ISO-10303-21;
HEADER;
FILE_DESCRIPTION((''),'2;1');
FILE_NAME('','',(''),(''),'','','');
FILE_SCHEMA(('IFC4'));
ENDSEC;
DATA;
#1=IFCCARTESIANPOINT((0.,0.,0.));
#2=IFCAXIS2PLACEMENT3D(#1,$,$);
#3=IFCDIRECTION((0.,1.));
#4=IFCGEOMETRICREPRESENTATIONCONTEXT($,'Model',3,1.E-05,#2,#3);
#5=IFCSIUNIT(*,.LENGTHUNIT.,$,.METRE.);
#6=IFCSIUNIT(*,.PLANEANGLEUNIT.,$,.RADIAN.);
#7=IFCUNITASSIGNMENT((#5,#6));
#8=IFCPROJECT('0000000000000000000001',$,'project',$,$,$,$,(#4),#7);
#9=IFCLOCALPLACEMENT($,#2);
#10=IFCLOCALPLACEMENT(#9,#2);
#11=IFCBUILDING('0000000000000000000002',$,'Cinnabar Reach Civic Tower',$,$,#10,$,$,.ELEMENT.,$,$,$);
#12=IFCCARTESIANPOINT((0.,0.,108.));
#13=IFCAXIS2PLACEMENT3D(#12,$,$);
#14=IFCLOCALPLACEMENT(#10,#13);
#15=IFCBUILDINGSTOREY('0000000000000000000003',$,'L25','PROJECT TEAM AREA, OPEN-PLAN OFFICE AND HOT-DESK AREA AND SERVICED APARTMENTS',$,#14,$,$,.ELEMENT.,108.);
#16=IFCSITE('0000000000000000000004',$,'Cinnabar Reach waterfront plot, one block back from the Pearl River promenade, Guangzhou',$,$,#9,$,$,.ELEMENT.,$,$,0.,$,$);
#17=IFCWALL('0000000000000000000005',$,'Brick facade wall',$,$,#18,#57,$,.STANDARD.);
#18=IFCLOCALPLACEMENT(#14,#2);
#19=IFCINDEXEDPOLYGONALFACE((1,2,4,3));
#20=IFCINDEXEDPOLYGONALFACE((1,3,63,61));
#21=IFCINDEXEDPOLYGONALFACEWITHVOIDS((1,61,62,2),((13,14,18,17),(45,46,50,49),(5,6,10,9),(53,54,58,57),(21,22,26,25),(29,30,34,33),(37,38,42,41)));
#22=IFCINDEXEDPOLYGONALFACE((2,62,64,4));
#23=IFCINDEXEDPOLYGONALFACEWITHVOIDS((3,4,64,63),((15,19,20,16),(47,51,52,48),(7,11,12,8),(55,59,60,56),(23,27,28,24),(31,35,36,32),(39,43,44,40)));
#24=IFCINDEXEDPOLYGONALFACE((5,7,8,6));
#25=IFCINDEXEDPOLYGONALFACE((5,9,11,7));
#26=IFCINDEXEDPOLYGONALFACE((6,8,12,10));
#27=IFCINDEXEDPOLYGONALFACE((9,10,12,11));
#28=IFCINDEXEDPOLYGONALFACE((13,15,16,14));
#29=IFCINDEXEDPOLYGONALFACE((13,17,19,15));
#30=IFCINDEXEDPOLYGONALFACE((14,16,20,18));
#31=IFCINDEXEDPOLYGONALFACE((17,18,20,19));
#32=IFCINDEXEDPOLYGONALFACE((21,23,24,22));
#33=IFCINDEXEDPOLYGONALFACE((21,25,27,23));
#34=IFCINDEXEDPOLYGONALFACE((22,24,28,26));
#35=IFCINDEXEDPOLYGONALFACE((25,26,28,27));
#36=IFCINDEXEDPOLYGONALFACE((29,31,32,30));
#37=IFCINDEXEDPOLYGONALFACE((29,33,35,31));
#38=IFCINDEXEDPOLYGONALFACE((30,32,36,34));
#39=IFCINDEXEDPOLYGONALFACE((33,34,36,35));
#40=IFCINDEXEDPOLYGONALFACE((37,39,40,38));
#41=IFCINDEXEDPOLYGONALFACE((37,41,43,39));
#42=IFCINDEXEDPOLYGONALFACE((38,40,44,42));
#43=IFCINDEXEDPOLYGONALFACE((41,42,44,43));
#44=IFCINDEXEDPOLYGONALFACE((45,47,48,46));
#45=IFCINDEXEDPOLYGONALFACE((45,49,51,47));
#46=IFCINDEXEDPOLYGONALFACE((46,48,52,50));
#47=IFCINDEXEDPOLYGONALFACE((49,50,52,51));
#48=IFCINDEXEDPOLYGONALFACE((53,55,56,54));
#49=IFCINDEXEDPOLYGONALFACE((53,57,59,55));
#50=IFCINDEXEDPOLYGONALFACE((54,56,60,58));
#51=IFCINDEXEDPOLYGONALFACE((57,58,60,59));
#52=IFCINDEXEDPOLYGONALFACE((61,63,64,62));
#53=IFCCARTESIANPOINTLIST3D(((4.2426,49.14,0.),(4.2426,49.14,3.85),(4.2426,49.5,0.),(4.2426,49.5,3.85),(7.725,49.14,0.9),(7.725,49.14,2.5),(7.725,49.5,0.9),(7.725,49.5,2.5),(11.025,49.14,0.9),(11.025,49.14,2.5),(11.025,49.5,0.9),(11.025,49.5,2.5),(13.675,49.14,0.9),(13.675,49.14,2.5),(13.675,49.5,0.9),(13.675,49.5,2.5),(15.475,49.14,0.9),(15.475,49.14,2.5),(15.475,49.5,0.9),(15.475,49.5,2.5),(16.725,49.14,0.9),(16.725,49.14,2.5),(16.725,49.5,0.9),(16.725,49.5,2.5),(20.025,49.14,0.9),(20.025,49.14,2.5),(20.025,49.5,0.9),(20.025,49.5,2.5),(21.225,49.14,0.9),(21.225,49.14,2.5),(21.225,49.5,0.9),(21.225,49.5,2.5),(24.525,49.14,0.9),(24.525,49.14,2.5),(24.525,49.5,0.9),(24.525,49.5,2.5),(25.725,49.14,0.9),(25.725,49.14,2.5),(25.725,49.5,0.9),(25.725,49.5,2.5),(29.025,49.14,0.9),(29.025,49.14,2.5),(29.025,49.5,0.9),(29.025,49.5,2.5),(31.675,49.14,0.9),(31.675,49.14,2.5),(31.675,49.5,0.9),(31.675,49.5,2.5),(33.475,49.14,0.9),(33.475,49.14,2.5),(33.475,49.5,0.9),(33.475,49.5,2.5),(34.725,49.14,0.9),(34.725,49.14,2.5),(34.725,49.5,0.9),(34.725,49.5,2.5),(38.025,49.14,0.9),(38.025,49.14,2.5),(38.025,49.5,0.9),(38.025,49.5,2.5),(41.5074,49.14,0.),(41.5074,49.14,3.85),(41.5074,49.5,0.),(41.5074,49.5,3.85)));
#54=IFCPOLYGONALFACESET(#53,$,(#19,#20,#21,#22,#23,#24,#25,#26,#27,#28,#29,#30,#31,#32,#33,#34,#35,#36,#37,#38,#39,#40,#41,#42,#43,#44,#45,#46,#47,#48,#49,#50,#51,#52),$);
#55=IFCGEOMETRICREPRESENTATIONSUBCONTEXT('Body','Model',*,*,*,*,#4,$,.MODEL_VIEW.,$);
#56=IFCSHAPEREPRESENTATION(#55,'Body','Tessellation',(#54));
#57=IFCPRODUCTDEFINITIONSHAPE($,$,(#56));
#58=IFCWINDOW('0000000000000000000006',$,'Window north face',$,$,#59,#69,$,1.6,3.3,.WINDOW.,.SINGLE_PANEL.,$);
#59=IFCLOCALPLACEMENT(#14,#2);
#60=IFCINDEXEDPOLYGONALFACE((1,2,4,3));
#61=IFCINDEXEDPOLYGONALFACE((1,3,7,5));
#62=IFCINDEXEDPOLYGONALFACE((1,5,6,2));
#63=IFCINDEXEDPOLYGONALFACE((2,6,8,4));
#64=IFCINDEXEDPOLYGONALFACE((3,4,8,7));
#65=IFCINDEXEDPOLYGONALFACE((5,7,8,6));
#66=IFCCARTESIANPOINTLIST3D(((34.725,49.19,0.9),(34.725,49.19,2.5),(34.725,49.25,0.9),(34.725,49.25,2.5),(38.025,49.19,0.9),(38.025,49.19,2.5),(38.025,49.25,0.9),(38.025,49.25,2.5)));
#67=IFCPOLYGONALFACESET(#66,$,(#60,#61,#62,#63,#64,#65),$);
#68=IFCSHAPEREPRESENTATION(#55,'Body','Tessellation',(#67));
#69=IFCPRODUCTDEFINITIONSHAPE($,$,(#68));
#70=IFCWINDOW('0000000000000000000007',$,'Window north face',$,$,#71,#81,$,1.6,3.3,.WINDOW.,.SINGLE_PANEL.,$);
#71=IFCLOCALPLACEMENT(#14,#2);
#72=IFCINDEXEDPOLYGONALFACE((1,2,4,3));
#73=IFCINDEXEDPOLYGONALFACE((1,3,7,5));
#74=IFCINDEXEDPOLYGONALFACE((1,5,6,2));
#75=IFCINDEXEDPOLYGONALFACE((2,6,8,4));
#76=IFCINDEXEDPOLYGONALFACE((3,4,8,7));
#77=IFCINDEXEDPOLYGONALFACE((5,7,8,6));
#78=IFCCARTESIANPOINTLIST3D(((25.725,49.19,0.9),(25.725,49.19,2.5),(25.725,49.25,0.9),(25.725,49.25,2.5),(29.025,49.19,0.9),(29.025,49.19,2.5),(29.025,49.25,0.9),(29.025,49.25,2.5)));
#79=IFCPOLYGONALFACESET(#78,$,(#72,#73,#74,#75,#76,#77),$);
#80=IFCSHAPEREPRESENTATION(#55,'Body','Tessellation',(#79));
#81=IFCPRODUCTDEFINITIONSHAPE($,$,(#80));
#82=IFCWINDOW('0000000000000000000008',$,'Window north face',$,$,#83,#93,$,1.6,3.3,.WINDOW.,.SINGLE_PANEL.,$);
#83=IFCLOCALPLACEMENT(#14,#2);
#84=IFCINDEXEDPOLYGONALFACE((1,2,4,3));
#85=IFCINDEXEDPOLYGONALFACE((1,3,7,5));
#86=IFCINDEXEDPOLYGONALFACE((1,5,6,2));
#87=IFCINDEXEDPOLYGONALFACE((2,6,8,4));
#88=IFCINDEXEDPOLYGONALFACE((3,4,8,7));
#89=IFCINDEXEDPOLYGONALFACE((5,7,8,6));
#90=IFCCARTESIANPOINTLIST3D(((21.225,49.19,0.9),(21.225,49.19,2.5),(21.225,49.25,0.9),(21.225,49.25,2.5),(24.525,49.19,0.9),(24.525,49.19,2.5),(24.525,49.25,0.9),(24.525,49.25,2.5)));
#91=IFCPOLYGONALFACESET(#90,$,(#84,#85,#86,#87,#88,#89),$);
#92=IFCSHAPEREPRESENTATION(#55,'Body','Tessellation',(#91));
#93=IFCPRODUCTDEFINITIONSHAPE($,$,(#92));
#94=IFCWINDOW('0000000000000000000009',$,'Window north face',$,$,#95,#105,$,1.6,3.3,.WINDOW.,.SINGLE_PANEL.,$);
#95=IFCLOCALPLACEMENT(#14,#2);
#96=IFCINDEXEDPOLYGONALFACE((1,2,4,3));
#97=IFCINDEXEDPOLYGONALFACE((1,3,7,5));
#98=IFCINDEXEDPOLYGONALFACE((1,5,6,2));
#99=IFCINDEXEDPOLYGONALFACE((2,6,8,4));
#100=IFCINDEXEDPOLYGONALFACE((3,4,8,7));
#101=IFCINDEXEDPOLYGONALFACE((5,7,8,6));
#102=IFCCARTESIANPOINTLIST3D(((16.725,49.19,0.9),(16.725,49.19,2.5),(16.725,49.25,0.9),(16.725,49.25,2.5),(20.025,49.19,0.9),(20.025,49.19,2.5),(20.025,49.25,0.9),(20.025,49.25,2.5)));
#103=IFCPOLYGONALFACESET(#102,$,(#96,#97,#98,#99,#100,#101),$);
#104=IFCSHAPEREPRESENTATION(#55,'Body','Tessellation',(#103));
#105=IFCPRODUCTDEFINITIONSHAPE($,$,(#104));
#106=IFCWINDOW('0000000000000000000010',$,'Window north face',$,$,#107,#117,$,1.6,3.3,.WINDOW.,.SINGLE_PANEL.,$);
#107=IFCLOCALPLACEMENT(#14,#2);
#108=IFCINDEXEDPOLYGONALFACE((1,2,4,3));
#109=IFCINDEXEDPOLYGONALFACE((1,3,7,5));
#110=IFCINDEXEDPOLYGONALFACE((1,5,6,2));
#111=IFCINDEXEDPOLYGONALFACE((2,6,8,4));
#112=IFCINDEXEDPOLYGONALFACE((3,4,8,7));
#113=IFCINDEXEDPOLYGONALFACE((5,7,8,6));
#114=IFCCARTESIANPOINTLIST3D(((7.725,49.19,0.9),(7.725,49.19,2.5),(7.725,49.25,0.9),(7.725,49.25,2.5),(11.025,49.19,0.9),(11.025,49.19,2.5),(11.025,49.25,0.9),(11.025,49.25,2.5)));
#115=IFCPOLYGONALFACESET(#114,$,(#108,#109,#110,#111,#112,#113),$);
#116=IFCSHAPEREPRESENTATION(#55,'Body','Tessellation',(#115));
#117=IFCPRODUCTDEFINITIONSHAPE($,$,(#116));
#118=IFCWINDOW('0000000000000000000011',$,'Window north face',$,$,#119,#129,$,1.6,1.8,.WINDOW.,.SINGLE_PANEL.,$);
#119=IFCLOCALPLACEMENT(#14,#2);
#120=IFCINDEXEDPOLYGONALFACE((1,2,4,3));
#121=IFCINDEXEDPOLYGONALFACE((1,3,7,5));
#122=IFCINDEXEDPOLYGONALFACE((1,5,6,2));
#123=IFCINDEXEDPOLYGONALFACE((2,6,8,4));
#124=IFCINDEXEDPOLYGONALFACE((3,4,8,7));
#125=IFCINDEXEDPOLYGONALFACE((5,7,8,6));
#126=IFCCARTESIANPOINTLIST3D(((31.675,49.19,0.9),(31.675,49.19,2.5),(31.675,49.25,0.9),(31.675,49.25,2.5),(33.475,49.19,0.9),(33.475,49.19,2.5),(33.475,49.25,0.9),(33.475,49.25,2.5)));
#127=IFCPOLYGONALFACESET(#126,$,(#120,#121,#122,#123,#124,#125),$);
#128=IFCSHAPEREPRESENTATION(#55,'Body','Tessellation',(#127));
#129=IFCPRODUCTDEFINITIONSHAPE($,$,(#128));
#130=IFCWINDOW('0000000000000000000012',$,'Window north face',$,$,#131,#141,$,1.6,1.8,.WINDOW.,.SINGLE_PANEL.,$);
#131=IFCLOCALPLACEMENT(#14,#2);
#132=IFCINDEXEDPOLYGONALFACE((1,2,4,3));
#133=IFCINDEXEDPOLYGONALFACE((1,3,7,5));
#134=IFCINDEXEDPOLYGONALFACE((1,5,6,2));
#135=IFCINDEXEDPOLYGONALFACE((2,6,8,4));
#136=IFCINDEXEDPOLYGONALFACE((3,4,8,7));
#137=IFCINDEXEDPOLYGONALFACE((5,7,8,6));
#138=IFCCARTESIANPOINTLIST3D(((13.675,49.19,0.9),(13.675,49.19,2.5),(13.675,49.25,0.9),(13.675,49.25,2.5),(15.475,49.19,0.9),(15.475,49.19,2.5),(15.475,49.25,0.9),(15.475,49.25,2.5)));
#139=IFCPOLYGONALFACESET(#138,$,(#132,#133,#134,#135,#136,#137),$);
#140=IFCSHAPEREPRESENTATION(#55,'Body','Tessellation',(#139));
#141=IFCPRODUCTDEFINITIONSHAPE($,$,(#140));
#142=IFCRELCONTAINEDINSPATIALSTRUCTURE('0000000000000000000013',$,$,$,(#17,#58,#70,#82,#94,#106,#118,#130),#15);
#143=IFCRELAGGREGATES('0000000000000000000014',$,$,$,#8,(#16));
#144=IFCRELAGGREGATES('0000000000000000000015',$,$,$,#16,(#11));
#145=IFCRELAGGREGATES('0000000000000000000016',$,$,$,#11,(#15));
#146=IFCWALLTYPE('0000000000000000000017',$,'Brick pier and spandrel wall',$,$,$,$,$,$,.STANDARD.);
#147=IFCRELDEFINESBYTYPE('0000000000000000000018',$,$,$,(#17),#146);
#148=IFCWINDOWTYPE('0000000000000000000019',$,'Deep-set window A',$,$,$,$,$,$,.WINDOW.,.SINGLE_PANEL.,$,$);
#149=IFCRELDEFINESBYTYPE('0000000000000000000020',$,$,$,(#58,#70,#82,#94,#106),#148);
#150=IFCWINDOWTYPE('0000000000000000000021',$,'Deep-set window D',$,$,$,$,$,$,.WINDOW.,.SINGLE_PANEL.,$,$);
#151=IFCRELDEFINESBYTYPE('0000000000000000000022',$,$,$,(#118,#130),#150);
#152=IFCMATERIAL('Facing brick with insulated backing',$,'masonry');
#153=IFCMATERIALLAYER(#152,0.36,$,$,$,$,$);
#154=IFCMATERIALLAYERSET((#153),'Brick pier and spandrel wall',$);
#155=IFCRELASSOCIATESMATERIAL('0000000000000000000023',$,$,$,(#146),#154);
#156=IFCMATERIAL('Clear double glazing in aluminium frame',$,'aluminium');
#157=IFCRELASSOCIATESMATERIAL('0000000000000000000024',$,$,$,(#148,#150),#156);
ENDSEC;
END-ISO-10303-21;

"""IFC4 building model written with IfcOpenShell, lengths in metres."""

from ifc_helpers import new_model, si_unit, direction, frame, frame_2d, origin, place, context, subcontext, project, spatial, rectangle, extrude, material, layer, layer_set, type_object, element, fill, save


model = new_model("IFC4")

# Units and contexts
model_context = context("Model", 3, precision=1e-05, world=origin(), true_north=direction((0.0, 1.0)))
body_context = subcontext(model_context, "Body", "Model", "MODEL_VIEW")
ifc_project = project(units=[si_unit("LENGTHUNIT", "METRE"), si_unit("PLANEANGLEUNIT", "RADIAN")], contexts=[model_context])

# Site, building, storey
site_placement = place(None, origin())
site = spatial("IfcSite", under=ifc_project, at=site_placement, Name="Cinnabar Reach waterfront plot, one block back from the Pearl River promenade, Guangzhou", CompositionType="ELEMENT", RefElevation=0.0)
building_placement = place(site_placement, origin())
building = spatial("IfcBuilding", under=site, at=building_placement, Name="Cinnabar Reach Civic Tower", CompositionType="ELEMENT")
storey_placement = place(building_placement, frame((0.0, 0.0, 108.0)))
storey = spatial("IfcBuildingStorey", under=building, at=storey_placement, Name="L25", Description="PROJECT TEAM AREA, OPEN-PLAN OFFICE AND HOT-DESK AREA AND SERVICED APARTMENTS", CompositionType="ELEMENT", Elevation=108.0)

# Shared definitions
ifc_material_1 = material(Name="Facing brick with insulated backing", Category="masonry")

# Shared definitions
ifc_layer_1 = layer(ifc_material_1, 0.36)
ifc_layer_set_1 = layer_set([ifc_layer_1], Name="Brick pier and spandrel wall")
wall_type_1 = type_object("IfcWallType", Name="Brick pier and spandrel wall", PredefinedType="STANDARD", material=ifc_layer_set_1)
ifc_material_2 = material(Name="Clear double glazing in aluminium frame", Category="aluminium")
window_type_1 = type_object("IfcWindowType", Name="Deep-set window A", PartitioningType="SINGLE_PANEL", PredefinedType="WINDOW", material=ifc_material_2)

# Wall, openings, windows
wall_1_placement = place(storey_placement, frame((41.5074, 49.32, 0.0), z_axis=(0.0, 0.0, 1.0), x_axis=(-1.0, 0.0, 0.0)))
wall_1 = element("IfcWall", 1, at=wall_1_placement, inside=storey, type_object=wall_type_1, Name="Brick facade wall", PredefinedType="STANDARD", context=body_context, shape_type="SweptSolid", body=[
    extrude(rectangle(XDim=37.2648, YDim=0.36, at=frame_2d((18.6324, 0.0))), origin(), (0.0, 0.0, 1.0), 3.85),
])
opening_1_placement = place(wall_1_placement, frame((3.4824, 0.0, 0.9)))
opening_1 = element("IfcOpeningElement", 2, at=opening_1_placement, cuts=wall_1, PredefinedType="OPENING", context=body_context, shape_type="SweptSolid", body=[
    extrude(rectangle(XDim=3.3, YDim=1.6, at=frame_2d((1.65, 0.8))), frame((0.0, 0.19, 0.0), z_axis=(0.0, -1.0, 0.0), x_axis=(1.0, 0.0, 0.0)), (0.0, 0.0, 1.0), 0.38),
])
opening_2_placement = place(wall_1_placement, frame((8.0324, 0.0, 0.9)))
opening_2 = element("IfcOpeningElement", 3, at=opening_2_placement, cuts=wall_1, PredefinedType="OPENING", context=body_context, shape_type="SweptSolid", body=[
    extrude(rectangle(XDim=1.8, YDim=1.6, at=frame_2d((0.9, 0.8))), frame((0.0, 0.19, 0.0), z_axis=(0.0, -1.0, 0.0), x_axis=(1.0, 0.0, 0.0)), (0.0, 0.0, 1.0), 0.38),
])
opening_3_placement = place(wall_1_placement, frame((12.4824, 0.0, 0.9)))
opening_3 = element("IfcOpeningElement", 4, at=opening_3_placement, cuts=wall_1, PredefinedType="OPENING", context=body_context, shape_type="SweptSolid", body=[
    extrude(rectangle(XDim=3.3, YDim=1.6, at=frame_2d((1.65, 0.8))), frame((0.0, 0.19, 0.0), z_axis=(0.0, -1.0, 0.0), x_axis=(1.0, 0.0, 0.0)), (0.0, 0.0, 1.0), 0.38),
])
opening_4_placement = place(wall_1_placement, frame((16.9824, 0.0, 0.9)))
opening_4 = element("IfcOpeningElement", 5, at=opening_4_placement, cuts=wall_1, PredefinedType="OPENING", context=body_context, shape_type="SweptSolid", body=[
    extrude(rectangle(XDim=3.3, YDim=1.6, at=frame_2d((1.65, 0.8))), frame((0.0, 0.19, 0.0), z_axis=(0.0, -1.0, 0.0), x_axis=(1.0, 0.0, 0.0)), (0.0, 0.0, 1.0), 0.38),
])
opening_5_placement = place(wall_1_placement, frame((21.4824, 0.0, 0.9)))
opening_5 = element("IfcOpeningElement", 6, at=opening_5_placement, cuts=wall_1, PredefinedType="OPENING", context=body_context, shape_type="SweptSolid", body=[
    extrude(rectangle(XDim=3.3, YDim=1.6, at=frame_2d((1.65, 0.8))), frame((0.0, 0.19, 0.0), z_axis=(0.0, -1.0, 0.0), x_axis=(1.0, 0.0, 0.0)), (0.0, 0.0, 1.0), 0.38),
])
opening_6_placement = place(wall_1_placement, frame((26.0324, 0.0, 0.9)))
opening_6 = element("IfcOpeningElement", 7, at=opening_6_placement, cuts=wall_1, PredefinedType="OPENING", context=body_context, shape_type="SweptSolid", body=[
    extrude(rectangle(XDim=1.8, YDim=1.6, at=frame_2d((0.9, 0.8))), frame((0.0, 0.19, 0.0), z_axis=(0.0, -1.0, 0.0), x_axis=(1.0, 0.0, 0.0)), (0.0, 0.0, 1.0), 0.38),
])
opening_7_placement = place(wall_1_placement, frame((30.4824, 0.0, 0.9)))
opening_7 = element("IfcOpeningElement", 8, at=opening_7_placement, cuts=wall_1, PredefinedType="OPENING", context=body_context, shape_type="SweptSolid", body=[
    extrude(rectangle(XDim=3.3, YDim=1.6, at=frame_2d((1.65, 0.8))), frame((0.0, 0.19, 0.0), z_axis=(0.0, -1.0, 0.0), x_axis=(1.0, 0.0, 0.0)), (0.0, 0.0, 1.0), 0.38),
])
window_1_placement = place(opening_1_placement, origin())
window_1 = element("IfcWindow", 9, at=window_1_placement, inside=storey, type_object=window_type_1, Name="Window north face", OverallHeight=1.6, OverallWidth=3.3, PartitioningType="SINGLE_PANEL", PredefinedType="WINDOW", context=body_context, shape_type="SweptSolid", body=[
    extrude(rectangle(XDim=3.3, YDim=1.6, at=frame_2d((1.65, 0.8))), frame((0.0, 0.13, 0.0), z_axis=(0.0, -1.0, 0.0), x_axis=(1.0, 0.0, 0.0)), (0.0, 0.0, 1.0), 0.06),
])
fill(opening_1, window_1)
window_2_placement = place(opening_3_placement, origin())
window_2 = element("IfcWindow", 10, at=window_2_placement, inside=storey, type_object=window_type_1, Name="Window north face", OverallHeight=1.6, OverallWidth=3.3, PartitioningType="SINGLE_PANEL", PredefinedType="WINDOW", context=body_context, shape_type="SweptSolid", body=[
    extrude(rectangle(XDim=3.3, YDim=1.6, at=frame_2d((1.65, 0.8))), frame((0.0, 0.13, 0.0), z_axis=(0.0, -1.0, 0.0), x_axis=(1.0, 0.0, 0.0)), (0.0, 0.0, 1.0), 0.06),
])
fill(opening_3, window_2)
window_3_placement = place(opening_4_placement, origin())
window_3 = element("IfcWindow", 11, at=window_3_placement, inside=storey, type_object=window_type_1, Name="Window north face", OverallHeight=1.6, OverallWidth=3.3, PartitioningType="SINGLE_PANEL", PredefinedType="WINDOW", context=body_context, shape_type="SweptSolid", body=[
    extrude(rectangle(XDim=3.3, YDim=1.6, at=frame_2d((1.65, 0.8))), frame((0.0, 0.13, 0.0), z_axis=(0.0, -1.0, 0.0), x_axis=(1.0, 0.0, 0.0)), (0.0, 0.0, 1.0), 0.06),
])
fill(opening_4, window_3)
window_4_placement = place(opening_5_placement, origin())
window_4 = element("IfcWindow", 12, at=window_4_placement, inside=storey, type_object=window_type_1, Name="Window north face", OverallHeight=1.6, OverallWidth=3.3, PartitioningType="SINGLE_PANEL", PredefinedType="WINDOW", context=body_context, shape_type="SweptSolid", body=[
    extrude(rectangle(XDim=3.3, YDim=1.6, at=frame_2d((1.65, 0.8))), frame((0.0, 0.13, 0.0), z_axis=(0.0, -1.0, 0.0), x_axis=(1.0, 0.0, 0.0)), (0.0, 0.0, 1.0), 0.06),
])
fill(opening_5, window_4)
window_5_placement = place(opening_7_placement, origin())
window_5 = element("IfcWindow", 13, at=window_5_placement, inside=storey, type_object=window_type_1, Name="Window north face", OverallHeight=1.6, OverallWidth=3.3, PartitioningType="SINGLE_PANEL", PredefinedType="WINDOW", context=body_context, shape_type="SweptSolid", body=[
    extrude(rectangle(XDim=3.3, YDim=1.6, at=frame_2d((1.65, 0.8))), frame((0.0, 0.13, 0.0), z_axis=(0.0, -1.0, 0.0), x_axis=(1.0, 0.0, 0.0)), (0.0, 0.0, 1.0), 0.06),
])
fill(opening_7, window_5)
window_type_2 = type_object("IfcWindowType", Name="Deep-set window D", PartitioningType="SINGLE_PANEL", PredefinedType="WINDOW", material=ifc_material_2)
window_6_placement = place(opening_2_placement, origin())
window_6 = element("IfcWindow", 14, at=window_6_placement, inside=storey, type_object=window_type_2, Name="Window north face", OverallHeight=1.6, OverallWidth=1.8, PartitioningType="SINGLE_PANEL", PredefinedType="WINDOW", context=body_context, shape_type="SweptSolid", body=[
    extrude(rectangle(XDim=1.8, YDim=1.6, at=frame_2d((0.9, 0.8))), frame((0.0, 0.13, 0.0), z_axis=(0.0, -1.0, 0.0), x_axis=(1.0, 0.0, 0.0)), (0.0, 0.0, 1.0), 0.06),
])
fill(opening_2, window_6)
window_7_placement = place(opening_6_placement, origin())
window_7 = element("IfcWindow", 15, at=window_7_placement, inside=storey, type_object=window_type_2, Name="Window north face", OverallHeight=1.6, OverallWidth=1.8, PartitioningType="SINGLE_PANEL", PredefinedType="WINDOW", context=body_context, shape_type="SweptSolid", body=[
    extrude(rectangle(XDim=1.8, YDim=1.6, at=frame_2d((0.9, 0.8))), frame((0.0, 0.13, 0.0), z_axis=(0.0, -1.0, 0.0), x_axis=(1.0, 0.0, 0.0)), (0.0, 0.0, 1.0), 0.06),
])
fill(opening_6, window_7)

save(model, "model.ifc")
